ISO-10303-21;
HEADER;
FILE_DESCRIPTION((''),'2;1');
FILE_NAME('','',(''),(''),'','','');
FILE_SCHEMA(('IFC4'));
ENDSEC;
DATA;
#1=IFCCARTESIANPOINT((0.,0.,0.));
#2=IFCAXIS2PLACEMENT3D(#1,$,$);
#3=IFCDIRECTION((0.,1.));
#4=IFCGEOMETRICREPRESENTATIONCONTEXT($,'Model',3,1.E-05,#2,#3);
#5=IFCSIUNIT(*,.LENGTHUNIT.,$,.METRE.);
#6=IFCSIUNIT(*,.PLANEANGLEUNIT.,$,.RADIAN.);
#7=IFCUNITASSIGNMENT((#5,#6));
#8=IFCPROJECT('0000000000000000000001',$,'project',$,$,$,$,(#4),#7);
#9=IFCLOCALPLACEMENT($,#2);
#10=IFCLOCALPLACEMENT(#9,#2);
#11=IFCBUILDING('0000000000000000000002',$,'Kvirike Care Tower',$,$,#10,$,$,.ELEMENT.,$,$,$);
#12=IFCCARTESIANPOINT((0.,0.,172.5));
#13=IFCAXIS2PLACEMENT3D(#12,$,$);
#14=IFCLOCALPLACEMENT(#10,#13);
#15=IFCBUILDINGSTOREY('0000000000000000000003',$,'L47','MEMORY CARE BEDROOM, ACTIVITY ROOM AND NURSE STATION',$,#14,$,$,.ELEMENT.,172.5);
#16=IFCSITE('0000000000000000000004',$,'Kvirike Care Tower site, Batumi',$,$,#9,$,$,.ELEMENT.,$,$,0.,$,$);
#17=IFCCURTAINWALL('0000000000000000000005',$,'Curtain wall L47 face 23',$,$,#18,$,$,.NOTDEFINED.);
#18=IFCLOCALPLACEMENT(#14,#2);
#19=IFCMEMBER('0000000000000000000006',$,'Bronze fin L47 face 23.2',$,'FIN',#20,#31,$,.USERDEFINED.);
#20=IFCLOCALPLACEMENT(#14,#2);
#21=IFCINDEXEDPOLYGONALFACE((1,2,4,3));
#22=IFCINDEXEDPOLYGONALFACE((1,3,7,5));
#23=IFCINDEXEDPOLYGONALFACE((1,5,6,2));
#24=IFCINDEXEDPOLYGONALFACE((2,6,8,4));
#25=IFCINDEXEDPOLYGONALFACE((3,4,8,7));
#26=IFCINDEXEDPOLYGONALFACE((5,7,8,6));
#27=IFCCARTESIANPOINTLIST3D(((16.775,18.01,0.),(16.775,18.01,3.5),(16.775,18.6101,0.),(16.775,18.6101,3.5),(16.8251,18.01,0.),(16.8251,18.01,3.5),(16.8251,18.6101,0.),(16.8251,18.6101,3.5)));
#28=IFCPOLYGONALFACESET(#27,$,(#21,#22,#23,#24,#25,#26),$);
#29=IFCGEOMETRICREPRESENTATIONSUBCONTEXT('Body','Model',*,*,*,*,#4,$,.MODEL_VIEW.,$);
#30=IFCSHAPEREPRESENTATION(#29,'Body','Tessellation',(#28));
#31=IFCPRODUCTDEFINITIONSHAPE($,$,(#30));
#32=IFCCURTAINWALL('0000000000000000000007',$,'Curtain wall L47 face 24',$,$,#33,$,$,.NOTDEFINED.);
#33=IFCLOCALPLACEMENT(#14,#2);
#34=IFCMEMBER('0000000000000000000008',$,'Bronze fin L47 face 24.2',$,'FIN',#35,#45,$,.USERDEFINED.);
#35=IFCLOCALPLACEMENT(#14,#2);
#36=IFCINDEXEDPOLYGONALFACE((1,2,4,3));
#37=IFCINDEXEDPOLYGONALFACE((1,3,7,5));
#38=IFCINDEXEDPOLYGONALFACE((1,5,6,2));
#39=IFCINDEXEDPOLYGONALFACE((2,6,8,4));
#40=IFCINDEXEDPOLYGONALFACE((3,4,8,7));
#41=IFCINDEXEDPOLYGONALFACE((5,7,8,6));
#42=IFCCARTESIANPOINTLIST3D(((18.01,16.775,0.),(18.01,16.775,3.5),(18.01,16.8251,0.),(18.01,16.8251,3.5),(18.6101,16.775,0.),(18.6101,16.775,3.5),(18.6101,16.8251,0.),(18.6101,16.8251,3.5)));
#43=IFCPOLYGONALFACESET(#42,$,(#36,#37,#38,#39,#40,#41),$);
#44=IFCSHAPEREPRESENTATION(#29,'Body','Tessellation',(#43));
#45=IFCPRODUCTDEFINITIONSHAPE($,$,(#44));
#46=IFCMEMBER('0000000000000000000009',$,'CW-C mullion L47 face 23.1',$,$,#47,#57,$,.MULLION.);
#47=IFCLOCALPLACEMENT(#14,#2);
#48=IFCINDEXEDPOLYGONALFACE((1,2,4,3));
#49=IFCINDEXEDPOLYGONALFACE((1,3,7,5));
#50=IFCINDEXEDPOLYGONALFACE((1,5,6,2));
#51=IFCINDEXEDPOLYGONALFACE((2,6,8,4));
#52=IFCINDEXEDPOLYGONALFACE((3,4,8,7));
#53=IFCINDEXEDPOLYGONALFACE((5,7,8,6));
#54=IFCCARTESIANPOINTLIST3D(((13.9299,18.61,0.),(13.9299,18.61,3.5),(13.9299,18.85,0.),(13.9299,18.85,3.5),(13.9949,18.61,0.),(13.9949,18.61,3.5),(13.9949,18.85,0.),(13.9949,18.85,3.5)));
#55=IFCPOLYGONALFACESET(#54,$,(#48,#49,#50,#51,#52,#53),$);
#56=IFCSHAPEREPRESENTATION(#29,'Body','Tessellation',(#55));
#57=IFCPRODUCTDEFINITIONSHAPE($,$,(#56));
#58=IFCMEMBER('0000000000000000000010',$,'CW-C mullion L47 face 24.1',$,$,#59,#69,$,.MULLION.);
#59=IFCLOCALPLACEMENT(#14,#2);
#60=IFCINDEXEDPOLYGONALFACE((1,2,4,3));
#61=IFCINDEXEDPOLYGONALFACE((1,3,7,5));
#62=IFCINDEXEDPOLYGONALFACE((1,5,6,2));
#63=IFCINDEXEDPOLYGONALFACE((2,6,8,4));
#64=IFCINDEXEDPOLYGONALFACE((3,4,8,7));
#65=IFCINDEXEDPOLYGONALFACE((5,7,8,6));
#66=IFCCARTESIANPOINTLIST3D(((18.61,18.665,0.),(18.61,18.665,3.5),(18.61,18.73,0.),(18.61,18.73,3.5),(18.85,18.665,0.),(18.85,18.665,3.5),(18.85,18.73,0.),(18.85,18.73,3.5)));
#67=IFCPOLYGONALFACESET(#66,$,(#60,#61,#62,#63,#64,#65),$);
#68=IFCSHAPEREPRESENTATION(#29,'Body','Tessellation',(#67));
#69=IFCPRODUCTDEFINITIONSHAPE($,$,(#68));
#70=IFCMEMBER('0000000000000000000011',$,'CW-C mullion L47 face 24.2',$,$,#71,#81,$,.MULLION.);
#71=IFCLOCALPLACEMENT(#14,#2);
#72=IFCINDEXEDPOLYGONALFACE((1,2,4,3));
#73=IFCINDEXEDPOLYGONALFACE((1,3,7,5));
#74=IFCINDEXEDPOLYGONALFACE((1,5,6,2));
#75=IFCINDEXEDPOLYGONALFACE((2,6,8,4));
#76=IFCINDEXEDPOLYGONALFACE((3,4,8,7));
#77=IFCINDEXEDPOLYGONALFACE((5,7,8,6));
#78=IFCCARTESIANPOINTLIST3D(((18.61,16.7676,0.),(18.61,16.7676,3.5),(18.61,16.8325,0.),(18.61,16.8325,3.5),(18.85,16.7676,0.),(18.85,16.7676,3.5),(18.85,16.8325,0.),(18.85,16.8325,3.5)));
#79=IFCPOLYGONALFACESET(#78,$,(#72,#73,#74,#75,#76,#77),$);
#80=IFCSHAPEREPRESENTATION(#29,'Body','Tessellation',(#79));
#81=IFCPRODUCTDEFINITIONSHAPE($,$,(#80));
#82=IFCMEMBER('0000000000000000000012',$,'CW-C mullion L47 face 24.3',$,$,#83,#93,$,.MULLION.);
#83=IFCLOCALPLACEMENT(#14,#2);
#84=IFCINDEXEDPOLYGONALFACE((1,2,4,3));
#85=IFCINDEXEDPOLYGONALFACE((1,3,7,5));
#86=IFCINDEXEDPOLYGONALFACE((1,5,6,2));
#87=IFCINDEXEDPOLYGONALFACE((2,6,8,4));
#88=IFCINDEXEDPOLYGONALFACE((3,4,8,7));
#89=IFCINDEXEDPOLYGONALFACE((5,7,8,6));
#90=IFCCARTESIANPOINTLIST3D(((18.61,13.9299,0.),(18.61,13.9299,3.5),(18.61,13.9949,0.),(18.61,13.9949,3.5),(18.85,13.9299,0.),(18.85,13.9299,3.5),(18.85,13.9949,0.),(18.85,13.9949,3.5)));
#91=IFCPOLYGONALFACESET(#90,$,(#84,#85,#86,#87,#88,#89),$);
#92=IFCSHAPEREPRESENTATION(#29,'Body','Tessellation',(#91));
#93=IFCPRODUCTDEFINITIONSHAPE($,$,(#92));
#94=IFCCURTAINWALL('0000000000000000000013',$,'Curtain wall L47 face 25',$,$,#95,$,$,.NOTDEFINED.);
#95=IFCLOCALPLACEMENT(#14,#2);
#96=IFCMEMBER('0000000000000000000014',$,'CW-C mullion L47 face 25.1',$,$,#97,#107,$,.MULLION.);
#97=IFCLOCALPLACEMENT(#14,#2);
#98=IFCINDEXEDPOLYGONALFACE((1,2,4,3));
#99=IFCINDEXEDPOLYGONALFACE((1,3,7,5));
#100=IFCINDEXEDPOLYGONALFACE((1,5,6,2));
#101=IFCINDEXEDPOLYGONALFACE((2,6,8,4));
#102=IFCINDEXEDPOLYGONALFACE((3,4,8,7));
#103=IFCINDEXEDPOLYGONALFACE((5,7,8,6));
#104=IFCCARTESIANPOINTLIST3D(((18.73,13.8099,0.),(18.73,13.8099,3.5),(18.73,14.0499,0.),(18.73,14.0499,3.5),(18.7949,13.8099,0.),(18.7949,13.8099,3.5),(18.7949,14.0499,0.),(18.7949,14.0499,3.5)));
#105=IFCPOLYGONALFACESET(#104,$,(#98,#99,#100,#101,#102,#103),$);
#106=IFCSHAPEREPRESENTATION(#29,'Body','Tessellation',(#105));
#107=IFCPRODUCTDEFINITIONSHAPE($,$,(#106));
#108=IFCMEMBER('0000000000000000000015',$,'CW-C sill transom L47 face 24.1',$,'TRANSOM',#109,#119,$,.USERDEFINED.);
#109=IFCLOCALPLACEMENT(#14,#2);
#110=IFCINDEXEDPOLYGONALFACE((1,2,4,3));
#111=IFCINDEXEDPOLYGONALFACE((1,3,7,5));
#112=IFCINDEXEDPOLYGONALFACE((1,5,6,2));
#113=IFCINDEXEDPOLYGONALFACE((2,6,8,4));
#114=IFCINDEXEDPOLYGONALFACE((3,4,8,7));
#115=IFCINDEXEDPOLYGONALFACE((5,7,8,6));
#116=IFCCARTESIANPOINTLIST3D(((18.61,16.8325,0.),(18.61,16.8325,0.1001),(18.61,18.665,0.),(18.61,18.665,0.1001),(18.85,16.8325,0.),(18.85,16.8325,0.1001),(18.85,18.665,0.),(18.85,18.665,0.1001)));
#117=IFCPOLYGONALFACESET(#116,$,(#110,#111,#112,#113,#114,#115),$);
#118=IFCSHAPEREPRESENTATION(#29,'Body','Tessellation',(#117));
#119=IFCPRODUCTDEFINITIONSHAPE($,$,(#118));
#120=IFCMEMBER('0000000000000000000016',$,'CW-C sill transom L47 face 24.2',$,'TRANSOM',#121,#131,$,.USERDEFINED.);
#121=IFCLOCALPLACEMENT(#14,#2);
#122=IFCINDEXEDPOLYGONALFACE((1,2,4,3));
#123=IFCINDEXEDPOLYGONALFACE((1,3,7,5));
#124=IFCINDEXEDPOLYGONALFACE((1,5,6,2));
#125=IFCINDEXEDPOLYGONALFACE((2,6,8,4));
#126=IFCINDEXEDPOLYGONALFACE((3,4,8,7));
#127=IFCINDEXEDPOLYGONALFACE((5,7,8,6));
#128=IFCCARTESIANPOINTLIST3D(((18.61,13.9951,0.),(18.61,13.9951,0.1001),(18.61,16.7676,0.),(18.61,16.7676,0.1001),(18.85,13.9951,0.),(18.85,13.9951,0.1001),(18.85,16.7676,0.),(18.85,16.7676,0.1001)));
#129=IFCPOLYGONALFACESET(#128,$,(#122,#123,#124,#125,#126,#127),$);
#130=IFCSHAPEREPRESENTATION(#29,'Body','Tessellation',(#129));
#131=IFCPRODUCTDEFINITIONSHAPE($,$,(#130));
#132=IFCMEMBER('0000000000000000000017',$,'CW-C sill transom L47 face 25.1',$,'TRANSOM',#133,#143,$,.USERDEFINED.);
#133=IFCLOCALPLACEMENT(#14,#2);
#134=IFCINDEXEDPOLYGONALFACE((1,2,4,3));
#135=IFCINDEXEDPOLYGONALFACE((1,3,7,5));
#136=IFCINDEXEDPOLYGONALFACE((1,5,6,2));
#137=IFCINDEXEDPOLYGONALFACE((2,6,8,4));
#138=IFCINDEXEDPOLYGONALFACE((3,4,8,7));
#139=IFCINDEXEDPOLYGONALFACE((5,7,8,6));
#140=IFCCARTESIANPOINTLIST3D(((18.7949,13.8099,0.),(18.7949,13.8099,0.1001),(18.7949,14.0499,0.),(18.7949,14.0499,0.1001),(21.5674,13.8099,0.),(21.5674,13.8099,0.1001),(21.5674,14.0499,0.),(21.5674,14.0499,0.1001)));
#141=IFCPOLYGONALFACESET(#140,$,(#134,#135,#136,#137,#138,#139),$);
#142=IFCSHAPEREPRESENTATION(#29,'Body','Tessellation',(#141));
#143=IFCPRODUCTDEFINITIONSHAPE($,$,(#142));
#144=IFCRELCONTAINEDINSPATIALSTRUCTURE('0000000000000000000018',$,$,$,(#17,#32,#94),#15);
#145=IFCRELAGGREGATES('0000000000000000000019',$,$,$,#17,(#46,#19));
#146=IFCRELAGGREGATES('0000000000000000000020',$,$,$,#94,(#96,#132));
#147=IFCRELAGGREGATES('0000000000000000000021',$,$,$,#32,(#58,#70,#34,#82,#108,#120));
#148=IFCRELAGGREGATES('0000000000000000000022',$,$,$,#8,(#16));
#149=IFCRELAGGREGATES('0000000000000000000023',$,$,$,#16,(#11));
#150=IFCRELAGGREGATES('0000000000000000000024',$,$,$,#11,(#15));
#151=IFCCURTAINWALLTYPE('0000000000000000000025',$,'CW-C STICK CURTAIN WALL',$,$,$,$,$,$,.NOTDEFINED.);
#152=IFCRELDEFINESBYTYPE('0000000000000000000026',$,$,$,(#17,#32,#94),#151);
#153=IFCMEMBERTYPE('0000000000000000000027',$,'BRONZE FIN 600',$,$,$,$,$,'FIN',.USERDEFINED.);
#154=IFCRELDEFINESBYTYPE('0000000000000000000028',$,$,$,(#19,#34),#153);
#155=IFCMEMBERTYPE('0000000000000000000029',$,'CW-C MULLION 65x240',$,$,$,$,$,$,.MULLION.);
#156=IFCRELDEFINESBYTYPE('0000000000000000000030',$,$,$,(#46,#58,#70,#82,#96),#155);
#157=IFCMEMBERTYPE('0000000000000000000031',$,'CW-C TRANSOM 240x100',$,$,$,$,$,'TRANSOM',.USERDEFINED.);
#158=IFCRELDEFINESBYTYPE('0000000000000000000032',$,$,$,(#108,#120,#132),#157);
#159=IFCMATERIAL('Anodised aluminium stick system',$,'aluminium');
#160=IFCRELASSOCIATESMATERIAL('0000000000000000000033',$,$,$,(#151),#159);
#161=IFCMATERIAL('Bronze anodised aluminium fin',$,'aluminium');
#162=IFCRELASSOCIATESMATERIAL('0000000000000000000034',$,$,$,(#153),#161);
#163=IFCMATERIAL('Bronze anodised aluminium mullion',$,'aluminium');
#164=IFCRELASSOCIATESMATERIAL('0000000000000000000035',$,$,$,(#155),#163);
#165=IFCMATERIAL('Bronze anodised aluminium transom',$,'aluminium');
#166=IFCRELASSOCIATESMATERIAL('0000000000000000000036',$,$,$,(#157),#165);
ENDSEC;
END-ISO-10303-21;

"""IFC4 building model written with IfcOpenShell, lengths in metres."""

from ifc_helpers import new_model, si_unit, direction, frame, origin, origin_2d, place, context, subcontext, project, spatial, rectangle, extrude, material, material_profile, profile_set, type_object, element, aggregate, save


model = new_model("IFC4")

# Units and contexts
model_context = context("Model", 3, precision=1e-05, world=origin(), true_north=direction((0.0, 1.0)))
body_context = subcontext(model_context, "Body", "Model", "MODEL_VIEW")
ifc_project = project(units=[si_unit("LENGTHUNIT", "METRE"), si_unit("PLANEANGLEUNIT", "RADIAN")], contexts=[model_context])

# Site, building, storey
site_placement = place(None, origin())
site = spatial("IfcSite", under=ifc_project, at=site_placement, Name="Kvirike Care Tower site, Batumi", CompositionType="ELEMENT", RefElevation=0.0)
building_placement = place(site_placement, origin())
building = spatial("IfcBuilding", under=site, at=building_placement, Name="Kvirike Care Tower", CompositionType="ELEMENT")
storey_placement = place(building_placement, frame((0.0, 0.0, 172.5)))
storey = spatial("IfcBuildingStorey", under=building, at=storey_placement, Name="L47", Description="MEMORY CARE BEDROOM, ACTIVITY ROOM AND NURSE STATION", CompositionType="ELEMENT", Elevation=172.5)

# Curtain walls, members
ifc_material_1 = material(Name="Anodised aluminium stick system", Category="aluminium")
curtain_wall_type = type_object("IfcCurtainWallType", Name="CW-C STICK CURTAIN WALL", PredefinedType="NOTDEFINED", material=ifc_material_1)
curtain_wall_1_placement = place(storey_placement, origin())
curtain_wall_1 = element("IfcCurtainWall", 1, at=curtain_wall_1_placement, inside=storey, type_object=curtain_wall_type, Name="Curtain wall L47 face 23", PredefinedType="NOTDEFINED")
ifc_material_2 = material(Name="Bronze anodised aluminium fin", Category="aluminium")
ifc_material_profile_1 = material_profile(ifc_material_2, rectangle(XDim=0.05, YDim=0.6001, at=origin_2d()), Name="BRONZE FIN 600")
ifc_profile_set_1 = profile_set([ifc_material_profile_1], Name="Bronze anodised aluminium fin")
member_type_1 = type_object("IfcMemberType", Name="BRONZE FIN 600", ElementType="FIN", PredefinedType="USERDEFINED", material=ifc_profile_set_1)
member_1_placement = place(storey_placement, frame((16.8, 18.3101, 0.0), z_axis=(0.0, 0.0, 1.0), x_axis=(1.0, 0.0, 0.0)))
member_1 = element("IfcMember", 2, at=member_1_placement, type_object=member_type_1, Name="Bronze fin L47 face 23.2", ObjectType="FIN", PredefinedType="USERDEFINED", context=body_context, shape_type="SweptSolid", body=[
    extrude(rectangle(XDim=0.05, YDim=0.6001, at=origin_2d()), origin(), (0.0, 0.0, 1.0), 3.5),
])
curtain_wall_2_placement = place(storey_placement, origin())
curtain_wall_2 = element("IfcCurtainWall", 3, at=curtain_wall_2_placement, inside=storey, type_object=curtain_wall_type, Name="Curtain wall L47 face 24", PredefinedType="NOTDEFINED")
member_2_placement = place(storey_placement, frame((18.3101, 16.8, 0.0), z_axis=(0.0, 0.0, 1.0), x_axis=(0.0, -1.0, 0.0)))
member_2 = element("IfcMember", 4, at=member_2_placement, type_object=member_type_1, Name="Bronze fin L47 face 24.2", ObjectType="FIN", PredefinedType="USERDEFINED", context=body_context, shape_type="SweptSolid", body=[
    extrude(rectangle(XDim=0.05, YDim=0.6001, at=origin_2d()), origin(), (0.0, 0.0, 1.0), 3.5),
])

# Members
ifc_material_3 = material(Name="Bronze anodised aluminium mullion", Category="aluminium")
ifc_material_profile_2 = material_profile(ifc_material_3, rectangle(XDim=0.0649, YDim=0.24, at=origin_2d()), Name="CW-C MULLION 65x240")
ifc_profile_set_2 = profile_set([ifc_material_profile_2], Name="Bronze anodised aluminium mullion")
member_type_2 = type_object("IfcMemberType", Name="CW-C MULLION 65x240", PredefinedType="MULLION", material=ifc_profile_set_2)
member_3_placement = place(storey_placement, frame((13.9624, 18.73, 0.0), z_axis=(0.0, 0.0, 1.0), x_axis=(1.0, 0.0, 0.0)))
member_3 = element("IfcMember", 5, at=member_3_placement, type_object=member_type_2, Name="CW-C mullion L47 face 23.1", PredefinedType="MULLION", context=body_context, shape_type="SweptSolid", body=[
    extrude(rectangle(XDim=0.0649, YDim=0.24, at=origin_2d()), origin(), (0.0, 0.0, 1.0), 3.5),
])
aggregate(curtain_wall_1, [member_3, member_1])
member_4_placement = place(storey_placement, frame((18.73, 18.6975, 0.0), z_axis=(0.0, 0.0, 1.0), x_axis=(0.0, -1.0, 0.0)))
member_4 = element("IfcMember", 6, at=member_4_placement, type_object=member_type_2, Name="CW-C mullion L47 face 24.1", PredefinedType="MULLION", context=body_context, shape_type="SweptSolid", body=[
    extrude(rectangle(XDim=0.0649, YDim=0.24, at=origin_2d()), origin(), (0.0, 0.0, 1.0), 3.5),
])
member_5_placement = place(storey_placement, frame((18.73, 16.8, 0.0), z_axis=(0.0, 0.0, 1.0), x_axis=(0.0, -1.0, 0.0)))
member_5 = element("IfcMember", 7, at=member_5_placement, type_object=member_type_2, Name="CW-C mullion L47 face 24.2", PredefinedType="MULLION", context=body_context, shape_type="SweptSolid", body=[
    extrude(rectangle(XDim=0.0649, YDim=0.24, at=origin_2d()), origin(), (0.0, 0.0, 1.0), 3.5),
])
member_6_placement = place(storey_placement, frame((18.73, 13.9624, 0.0), z_axis=(0.0, 0.0, 1.0), x_axis=(0.0, -1.0, 0.0)))
member_6 = element("IfcMember", 8, at=member_6_placement, type_object=member_type_2, Name="CW-C mullion L47 face 24.3", PredefinedType="MULLION", context=body_context, shape_type="SweptSolid", body=[
    extrude(rectangle(XDim=0.0649, YDim=0.24, at=origin_2d()), origin(), (0.0, 0.0, 1.0), 3.5),
])

# Curtain wall, member
curtain_wall_3_placement = place(storey_placement, origin())
curtain_wall_3 = element("IfcCurtainWall", 9, at=curtain_wall_3_placement, inside=storey, type_object=curtain_wall_type, Name="Curtain wall L47 face 25", PredefinedType="NOTDEFINED")
member_7_placement = place(storey_placement, frame((18.7625, 13.9299, 0.0), z_axis=(0.0, 0.0, 1.0), x_axis=(1.0, 0.0, 0.0)))
member_7 = element("IfcMember", 10, at=member_7_placement, type_object=member_type_2, Name="CW-C mullion L47 face 25.1", PredefinedType="MULLION", context=body_context, shape_type="SweptSolid", body=[
    extrude(rectangle(XDim=0.0649, YDim=0.24, at=origin_2d()), origin(), (0.0, 0.0, 1.0), 3.5),
])

# Members
ifc_material_4 = material(Name="Bronze anodised aluminium transom", Category="aluminium")
ifc_material_profile_3 = material_profile(ifc_material_4, rectangle(XDim=0.24, YDim=0.1001, at=origin_2d()), Name="CW-C TRANSOM 240x100")
ifc_profile_set_3 = profile_set([ifc_material_profile_3], Name="Bronze anodised aluminium transom")
member_type_3 = type_object("IfcMemberType", Name="CW-C TRANSOM 240x100", ElementType="TRANSOM", PredefinedType="USERDEFINED", material=ifc_profile_set_3)
member_8_placement = place(storey_placement, frame((18.73, 18.665, 0.05), z_axis=(0.0, -1.0, 0.0), x_axis=(1.0, 0.0, 0.0)))
member_8 = element("IfcMember", 11, at=member_8_placement, type_object=member_type_3, Name="CW-C sill transom L47 face 24.1", ObjectType="TRANSOM", PredefinedType="USERDEFINED", context=body_context, shape_type="SweptSolid", body=[
    extrude(rectangle(XDim=0.24, YDim=0.1001, at=origin_2d()), origin(), (0.0, 0.0, 1.0), 1.8325),
])
member_9_placement = place(storey_placement, frame((18.73, 16.7676, 0.05), z_axis=(0.0, -1.0, 0.0), x_axis=(1.0, 0.0, 0.0)))
member_9 = element("IfcMember", 12, at=member_9_placement, type_object=member_type_3, Name="CW-C sill transom L47 face 24.2", ObjectType="TRANSOM", PredefinedType="USERDEFINED", context=body_context, shape_type="SweptSolid", body=[
    extrude(rectangle(XDim=0.24, YDim=0.1001, at=origin_2d()), origin(), (0.0, 0.0, 1.0), 2.7725),
])
member_10_placement = place(storey_placement, frame((18.7949, 13.9299, 0.05), z_axis=(1.0, 0.0, 0.0), x_axis=(0.0, 1.0, 0.0)))
member_10 = element("IfcMember", 13, at=member_10_placement, type_object=member_type_3, Name="CW-C sill transom L47 face 25.1", ObjectType="TRANSOM", PredefinedType="USERDEFINED", context=body_context, shape_type="SweptSolid", body=[
    extrude(rectangle(XDim=0.24, YDim=0.1001, at=origin_2d()), origin(), (0.0, 0.0, 1.0), 2.7725),
])
aggregate(curtain_wall_3, [member_7, member_10])

aggregate(curtain_wall_2, [member_4, member_5, member_2, member_6, member_8, member_9])

save(model, "model.ifc")
